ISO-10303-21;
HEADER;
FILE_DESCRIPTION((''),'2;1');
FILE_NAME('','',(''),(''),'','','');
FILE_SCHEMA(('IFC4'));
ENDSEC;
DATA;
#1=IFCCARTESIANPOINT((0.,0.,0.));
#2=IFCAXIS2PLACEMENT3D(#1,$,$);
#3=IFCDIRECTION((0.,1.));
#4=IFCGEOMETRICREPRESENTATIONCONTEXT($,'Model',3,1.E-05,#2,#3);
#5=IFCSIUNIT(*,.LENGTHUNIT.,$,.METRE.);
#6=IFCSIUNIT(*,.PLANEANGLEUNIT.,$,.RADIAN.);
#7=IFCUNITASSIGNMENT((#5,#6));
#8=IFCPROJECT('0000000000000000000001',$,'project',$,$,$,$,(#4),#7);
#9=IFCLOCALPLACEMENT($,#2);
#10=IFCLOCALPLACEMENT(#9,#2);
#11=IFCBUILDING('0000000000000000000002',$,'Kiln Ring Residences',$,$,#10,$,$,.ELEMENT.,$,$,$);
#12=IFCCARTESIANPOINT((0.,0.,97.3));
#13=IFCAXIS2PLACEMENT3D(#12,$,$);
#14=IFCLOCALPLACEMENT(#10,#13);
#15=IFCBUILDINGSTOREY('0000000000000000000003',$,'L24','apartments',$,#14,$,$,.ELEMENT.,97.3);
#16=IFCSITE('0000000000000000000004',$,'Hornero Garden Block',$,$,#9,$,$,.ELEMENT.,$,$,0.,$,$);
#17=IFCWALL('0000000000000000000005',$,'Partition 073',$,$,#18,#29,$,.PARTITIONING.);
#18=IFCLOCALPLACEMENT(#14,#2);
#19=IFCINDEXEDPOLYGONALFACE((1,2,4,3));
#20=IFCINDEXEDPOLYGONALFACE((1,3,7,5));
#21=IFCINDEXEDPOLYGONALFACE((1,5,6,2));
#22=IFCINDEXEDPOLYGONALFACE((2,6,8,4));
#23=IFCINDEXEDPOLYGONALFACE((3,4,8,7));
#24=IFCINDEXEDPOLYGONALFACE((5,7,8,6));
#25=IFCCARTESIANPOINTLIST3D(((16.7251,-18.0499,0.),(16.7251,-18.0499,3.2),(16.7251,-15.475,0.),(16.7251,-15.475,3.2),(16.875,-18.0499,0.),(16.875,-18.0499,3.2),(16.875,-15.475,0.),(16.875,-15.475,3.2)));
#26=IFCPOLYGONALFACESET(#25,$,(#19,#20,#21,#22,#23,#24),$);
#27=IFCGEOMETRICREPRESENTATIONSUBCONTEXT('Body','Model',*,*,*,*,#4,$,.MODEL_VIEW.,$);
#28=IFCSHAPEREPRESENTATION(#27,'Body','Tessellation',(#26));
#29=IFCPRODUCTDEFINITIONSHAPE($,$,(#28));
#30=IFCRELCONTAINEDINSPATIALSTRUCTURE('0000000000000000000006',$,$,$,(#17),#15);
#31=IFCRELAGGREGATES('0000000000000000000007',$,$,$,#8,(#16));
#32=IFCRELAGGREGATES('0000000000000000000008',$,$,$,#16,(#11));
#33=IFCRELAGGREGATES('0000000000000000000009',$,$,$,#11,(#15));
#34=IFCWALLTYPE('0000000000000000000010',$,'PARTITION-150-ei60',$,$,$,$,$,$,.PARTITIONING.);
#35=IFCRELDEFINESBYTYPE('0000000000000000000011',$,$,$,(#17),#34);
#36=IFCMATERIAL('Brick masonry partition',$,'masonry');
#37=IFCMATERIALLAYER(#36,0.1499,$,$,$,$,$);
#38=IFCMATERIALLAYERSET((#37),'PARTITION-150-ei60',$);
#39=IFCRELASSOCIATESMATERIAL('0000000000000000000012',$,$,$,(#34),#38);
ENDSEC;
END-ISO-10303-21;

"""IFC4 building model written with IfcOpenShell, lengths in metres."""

from ifc_helpers import new_model, si_unit, direction, frame, frame_2d, origin, place, context, subcontext, project, spatial, rectangle, extrude, material, layer, layer_set, type_object, element, save


model = new_model("IFC4")

# Units and contexts
model_context = context("Model", 3, precision=1e-05, world=origin(), true_north=direction((0.0, 1.0)))
body_context = subcontext(model_context, "Body", "Model", "MODEL_VIEW")
ifc_project = project(units=[si_unit("LENGTHUNIT", "METRE"), si_unit("PLANEANGLEUNIT", "RADIAN")], contexts=[model_context])

# Site, building, storey
site_placement = place(None, origin())
site = spatial("IfcSite", under=ifc_project, at=site_placement, Name="Hornero Garden Block", CompositionType="ELEMENT", RefElevation=0.0)
building_placement = place(site_placement, origin())
building = spatial("IfcBuilding", under=site, at=building_placement, Name="Kiln Ring Residences", CompositionType="ELEMENT")
storey_placement = place(building_placement, frame((0.0, 0.0, 97.3)))
storey = spatial("IfcBuildingStorey", under=building, at=storey_placement, Name="L24", Description="apartments", CompositionType="ELEMENT", Elevation=97.3)

# Wall
ifc_material_1 = material(Name="Brick masonry partition", Category="masonry")
ifc_layer_1 = layer(ifc_material_1, 0.1499)
ifc_layer_set_1 = layer_set([ifc_layer_1], Name="PARTITION-150-ei60")
wall_type_1 = type_object("IfcWallType", Name="PARTITION-150-ei60", PredefinedType="PARTITIONING", material=ifc_layer_set_1)
wall_1_placement = place(storey_placement, frame((16.8, -18.05, 0.0), z_axis=(0.0, 0.0, 1.0), x_axis=(0.0, 1.0, 0.0)))
element("IfcWall", 1, at=wall_1_placement, inside=storey, type_object=wall_type_1, Name="Partition 073", PredefinedType="PARTITIONING", context=body_context, shape_type="SweptSolid", body=[
    extrude(rectangle(XDim=2.575, YDim=0.1499, at=frame_2d((1.2876, 0.0))), origin(), (0.0, 0.0, 1.0), 3.2),
])

save(model, "model.ifc")
